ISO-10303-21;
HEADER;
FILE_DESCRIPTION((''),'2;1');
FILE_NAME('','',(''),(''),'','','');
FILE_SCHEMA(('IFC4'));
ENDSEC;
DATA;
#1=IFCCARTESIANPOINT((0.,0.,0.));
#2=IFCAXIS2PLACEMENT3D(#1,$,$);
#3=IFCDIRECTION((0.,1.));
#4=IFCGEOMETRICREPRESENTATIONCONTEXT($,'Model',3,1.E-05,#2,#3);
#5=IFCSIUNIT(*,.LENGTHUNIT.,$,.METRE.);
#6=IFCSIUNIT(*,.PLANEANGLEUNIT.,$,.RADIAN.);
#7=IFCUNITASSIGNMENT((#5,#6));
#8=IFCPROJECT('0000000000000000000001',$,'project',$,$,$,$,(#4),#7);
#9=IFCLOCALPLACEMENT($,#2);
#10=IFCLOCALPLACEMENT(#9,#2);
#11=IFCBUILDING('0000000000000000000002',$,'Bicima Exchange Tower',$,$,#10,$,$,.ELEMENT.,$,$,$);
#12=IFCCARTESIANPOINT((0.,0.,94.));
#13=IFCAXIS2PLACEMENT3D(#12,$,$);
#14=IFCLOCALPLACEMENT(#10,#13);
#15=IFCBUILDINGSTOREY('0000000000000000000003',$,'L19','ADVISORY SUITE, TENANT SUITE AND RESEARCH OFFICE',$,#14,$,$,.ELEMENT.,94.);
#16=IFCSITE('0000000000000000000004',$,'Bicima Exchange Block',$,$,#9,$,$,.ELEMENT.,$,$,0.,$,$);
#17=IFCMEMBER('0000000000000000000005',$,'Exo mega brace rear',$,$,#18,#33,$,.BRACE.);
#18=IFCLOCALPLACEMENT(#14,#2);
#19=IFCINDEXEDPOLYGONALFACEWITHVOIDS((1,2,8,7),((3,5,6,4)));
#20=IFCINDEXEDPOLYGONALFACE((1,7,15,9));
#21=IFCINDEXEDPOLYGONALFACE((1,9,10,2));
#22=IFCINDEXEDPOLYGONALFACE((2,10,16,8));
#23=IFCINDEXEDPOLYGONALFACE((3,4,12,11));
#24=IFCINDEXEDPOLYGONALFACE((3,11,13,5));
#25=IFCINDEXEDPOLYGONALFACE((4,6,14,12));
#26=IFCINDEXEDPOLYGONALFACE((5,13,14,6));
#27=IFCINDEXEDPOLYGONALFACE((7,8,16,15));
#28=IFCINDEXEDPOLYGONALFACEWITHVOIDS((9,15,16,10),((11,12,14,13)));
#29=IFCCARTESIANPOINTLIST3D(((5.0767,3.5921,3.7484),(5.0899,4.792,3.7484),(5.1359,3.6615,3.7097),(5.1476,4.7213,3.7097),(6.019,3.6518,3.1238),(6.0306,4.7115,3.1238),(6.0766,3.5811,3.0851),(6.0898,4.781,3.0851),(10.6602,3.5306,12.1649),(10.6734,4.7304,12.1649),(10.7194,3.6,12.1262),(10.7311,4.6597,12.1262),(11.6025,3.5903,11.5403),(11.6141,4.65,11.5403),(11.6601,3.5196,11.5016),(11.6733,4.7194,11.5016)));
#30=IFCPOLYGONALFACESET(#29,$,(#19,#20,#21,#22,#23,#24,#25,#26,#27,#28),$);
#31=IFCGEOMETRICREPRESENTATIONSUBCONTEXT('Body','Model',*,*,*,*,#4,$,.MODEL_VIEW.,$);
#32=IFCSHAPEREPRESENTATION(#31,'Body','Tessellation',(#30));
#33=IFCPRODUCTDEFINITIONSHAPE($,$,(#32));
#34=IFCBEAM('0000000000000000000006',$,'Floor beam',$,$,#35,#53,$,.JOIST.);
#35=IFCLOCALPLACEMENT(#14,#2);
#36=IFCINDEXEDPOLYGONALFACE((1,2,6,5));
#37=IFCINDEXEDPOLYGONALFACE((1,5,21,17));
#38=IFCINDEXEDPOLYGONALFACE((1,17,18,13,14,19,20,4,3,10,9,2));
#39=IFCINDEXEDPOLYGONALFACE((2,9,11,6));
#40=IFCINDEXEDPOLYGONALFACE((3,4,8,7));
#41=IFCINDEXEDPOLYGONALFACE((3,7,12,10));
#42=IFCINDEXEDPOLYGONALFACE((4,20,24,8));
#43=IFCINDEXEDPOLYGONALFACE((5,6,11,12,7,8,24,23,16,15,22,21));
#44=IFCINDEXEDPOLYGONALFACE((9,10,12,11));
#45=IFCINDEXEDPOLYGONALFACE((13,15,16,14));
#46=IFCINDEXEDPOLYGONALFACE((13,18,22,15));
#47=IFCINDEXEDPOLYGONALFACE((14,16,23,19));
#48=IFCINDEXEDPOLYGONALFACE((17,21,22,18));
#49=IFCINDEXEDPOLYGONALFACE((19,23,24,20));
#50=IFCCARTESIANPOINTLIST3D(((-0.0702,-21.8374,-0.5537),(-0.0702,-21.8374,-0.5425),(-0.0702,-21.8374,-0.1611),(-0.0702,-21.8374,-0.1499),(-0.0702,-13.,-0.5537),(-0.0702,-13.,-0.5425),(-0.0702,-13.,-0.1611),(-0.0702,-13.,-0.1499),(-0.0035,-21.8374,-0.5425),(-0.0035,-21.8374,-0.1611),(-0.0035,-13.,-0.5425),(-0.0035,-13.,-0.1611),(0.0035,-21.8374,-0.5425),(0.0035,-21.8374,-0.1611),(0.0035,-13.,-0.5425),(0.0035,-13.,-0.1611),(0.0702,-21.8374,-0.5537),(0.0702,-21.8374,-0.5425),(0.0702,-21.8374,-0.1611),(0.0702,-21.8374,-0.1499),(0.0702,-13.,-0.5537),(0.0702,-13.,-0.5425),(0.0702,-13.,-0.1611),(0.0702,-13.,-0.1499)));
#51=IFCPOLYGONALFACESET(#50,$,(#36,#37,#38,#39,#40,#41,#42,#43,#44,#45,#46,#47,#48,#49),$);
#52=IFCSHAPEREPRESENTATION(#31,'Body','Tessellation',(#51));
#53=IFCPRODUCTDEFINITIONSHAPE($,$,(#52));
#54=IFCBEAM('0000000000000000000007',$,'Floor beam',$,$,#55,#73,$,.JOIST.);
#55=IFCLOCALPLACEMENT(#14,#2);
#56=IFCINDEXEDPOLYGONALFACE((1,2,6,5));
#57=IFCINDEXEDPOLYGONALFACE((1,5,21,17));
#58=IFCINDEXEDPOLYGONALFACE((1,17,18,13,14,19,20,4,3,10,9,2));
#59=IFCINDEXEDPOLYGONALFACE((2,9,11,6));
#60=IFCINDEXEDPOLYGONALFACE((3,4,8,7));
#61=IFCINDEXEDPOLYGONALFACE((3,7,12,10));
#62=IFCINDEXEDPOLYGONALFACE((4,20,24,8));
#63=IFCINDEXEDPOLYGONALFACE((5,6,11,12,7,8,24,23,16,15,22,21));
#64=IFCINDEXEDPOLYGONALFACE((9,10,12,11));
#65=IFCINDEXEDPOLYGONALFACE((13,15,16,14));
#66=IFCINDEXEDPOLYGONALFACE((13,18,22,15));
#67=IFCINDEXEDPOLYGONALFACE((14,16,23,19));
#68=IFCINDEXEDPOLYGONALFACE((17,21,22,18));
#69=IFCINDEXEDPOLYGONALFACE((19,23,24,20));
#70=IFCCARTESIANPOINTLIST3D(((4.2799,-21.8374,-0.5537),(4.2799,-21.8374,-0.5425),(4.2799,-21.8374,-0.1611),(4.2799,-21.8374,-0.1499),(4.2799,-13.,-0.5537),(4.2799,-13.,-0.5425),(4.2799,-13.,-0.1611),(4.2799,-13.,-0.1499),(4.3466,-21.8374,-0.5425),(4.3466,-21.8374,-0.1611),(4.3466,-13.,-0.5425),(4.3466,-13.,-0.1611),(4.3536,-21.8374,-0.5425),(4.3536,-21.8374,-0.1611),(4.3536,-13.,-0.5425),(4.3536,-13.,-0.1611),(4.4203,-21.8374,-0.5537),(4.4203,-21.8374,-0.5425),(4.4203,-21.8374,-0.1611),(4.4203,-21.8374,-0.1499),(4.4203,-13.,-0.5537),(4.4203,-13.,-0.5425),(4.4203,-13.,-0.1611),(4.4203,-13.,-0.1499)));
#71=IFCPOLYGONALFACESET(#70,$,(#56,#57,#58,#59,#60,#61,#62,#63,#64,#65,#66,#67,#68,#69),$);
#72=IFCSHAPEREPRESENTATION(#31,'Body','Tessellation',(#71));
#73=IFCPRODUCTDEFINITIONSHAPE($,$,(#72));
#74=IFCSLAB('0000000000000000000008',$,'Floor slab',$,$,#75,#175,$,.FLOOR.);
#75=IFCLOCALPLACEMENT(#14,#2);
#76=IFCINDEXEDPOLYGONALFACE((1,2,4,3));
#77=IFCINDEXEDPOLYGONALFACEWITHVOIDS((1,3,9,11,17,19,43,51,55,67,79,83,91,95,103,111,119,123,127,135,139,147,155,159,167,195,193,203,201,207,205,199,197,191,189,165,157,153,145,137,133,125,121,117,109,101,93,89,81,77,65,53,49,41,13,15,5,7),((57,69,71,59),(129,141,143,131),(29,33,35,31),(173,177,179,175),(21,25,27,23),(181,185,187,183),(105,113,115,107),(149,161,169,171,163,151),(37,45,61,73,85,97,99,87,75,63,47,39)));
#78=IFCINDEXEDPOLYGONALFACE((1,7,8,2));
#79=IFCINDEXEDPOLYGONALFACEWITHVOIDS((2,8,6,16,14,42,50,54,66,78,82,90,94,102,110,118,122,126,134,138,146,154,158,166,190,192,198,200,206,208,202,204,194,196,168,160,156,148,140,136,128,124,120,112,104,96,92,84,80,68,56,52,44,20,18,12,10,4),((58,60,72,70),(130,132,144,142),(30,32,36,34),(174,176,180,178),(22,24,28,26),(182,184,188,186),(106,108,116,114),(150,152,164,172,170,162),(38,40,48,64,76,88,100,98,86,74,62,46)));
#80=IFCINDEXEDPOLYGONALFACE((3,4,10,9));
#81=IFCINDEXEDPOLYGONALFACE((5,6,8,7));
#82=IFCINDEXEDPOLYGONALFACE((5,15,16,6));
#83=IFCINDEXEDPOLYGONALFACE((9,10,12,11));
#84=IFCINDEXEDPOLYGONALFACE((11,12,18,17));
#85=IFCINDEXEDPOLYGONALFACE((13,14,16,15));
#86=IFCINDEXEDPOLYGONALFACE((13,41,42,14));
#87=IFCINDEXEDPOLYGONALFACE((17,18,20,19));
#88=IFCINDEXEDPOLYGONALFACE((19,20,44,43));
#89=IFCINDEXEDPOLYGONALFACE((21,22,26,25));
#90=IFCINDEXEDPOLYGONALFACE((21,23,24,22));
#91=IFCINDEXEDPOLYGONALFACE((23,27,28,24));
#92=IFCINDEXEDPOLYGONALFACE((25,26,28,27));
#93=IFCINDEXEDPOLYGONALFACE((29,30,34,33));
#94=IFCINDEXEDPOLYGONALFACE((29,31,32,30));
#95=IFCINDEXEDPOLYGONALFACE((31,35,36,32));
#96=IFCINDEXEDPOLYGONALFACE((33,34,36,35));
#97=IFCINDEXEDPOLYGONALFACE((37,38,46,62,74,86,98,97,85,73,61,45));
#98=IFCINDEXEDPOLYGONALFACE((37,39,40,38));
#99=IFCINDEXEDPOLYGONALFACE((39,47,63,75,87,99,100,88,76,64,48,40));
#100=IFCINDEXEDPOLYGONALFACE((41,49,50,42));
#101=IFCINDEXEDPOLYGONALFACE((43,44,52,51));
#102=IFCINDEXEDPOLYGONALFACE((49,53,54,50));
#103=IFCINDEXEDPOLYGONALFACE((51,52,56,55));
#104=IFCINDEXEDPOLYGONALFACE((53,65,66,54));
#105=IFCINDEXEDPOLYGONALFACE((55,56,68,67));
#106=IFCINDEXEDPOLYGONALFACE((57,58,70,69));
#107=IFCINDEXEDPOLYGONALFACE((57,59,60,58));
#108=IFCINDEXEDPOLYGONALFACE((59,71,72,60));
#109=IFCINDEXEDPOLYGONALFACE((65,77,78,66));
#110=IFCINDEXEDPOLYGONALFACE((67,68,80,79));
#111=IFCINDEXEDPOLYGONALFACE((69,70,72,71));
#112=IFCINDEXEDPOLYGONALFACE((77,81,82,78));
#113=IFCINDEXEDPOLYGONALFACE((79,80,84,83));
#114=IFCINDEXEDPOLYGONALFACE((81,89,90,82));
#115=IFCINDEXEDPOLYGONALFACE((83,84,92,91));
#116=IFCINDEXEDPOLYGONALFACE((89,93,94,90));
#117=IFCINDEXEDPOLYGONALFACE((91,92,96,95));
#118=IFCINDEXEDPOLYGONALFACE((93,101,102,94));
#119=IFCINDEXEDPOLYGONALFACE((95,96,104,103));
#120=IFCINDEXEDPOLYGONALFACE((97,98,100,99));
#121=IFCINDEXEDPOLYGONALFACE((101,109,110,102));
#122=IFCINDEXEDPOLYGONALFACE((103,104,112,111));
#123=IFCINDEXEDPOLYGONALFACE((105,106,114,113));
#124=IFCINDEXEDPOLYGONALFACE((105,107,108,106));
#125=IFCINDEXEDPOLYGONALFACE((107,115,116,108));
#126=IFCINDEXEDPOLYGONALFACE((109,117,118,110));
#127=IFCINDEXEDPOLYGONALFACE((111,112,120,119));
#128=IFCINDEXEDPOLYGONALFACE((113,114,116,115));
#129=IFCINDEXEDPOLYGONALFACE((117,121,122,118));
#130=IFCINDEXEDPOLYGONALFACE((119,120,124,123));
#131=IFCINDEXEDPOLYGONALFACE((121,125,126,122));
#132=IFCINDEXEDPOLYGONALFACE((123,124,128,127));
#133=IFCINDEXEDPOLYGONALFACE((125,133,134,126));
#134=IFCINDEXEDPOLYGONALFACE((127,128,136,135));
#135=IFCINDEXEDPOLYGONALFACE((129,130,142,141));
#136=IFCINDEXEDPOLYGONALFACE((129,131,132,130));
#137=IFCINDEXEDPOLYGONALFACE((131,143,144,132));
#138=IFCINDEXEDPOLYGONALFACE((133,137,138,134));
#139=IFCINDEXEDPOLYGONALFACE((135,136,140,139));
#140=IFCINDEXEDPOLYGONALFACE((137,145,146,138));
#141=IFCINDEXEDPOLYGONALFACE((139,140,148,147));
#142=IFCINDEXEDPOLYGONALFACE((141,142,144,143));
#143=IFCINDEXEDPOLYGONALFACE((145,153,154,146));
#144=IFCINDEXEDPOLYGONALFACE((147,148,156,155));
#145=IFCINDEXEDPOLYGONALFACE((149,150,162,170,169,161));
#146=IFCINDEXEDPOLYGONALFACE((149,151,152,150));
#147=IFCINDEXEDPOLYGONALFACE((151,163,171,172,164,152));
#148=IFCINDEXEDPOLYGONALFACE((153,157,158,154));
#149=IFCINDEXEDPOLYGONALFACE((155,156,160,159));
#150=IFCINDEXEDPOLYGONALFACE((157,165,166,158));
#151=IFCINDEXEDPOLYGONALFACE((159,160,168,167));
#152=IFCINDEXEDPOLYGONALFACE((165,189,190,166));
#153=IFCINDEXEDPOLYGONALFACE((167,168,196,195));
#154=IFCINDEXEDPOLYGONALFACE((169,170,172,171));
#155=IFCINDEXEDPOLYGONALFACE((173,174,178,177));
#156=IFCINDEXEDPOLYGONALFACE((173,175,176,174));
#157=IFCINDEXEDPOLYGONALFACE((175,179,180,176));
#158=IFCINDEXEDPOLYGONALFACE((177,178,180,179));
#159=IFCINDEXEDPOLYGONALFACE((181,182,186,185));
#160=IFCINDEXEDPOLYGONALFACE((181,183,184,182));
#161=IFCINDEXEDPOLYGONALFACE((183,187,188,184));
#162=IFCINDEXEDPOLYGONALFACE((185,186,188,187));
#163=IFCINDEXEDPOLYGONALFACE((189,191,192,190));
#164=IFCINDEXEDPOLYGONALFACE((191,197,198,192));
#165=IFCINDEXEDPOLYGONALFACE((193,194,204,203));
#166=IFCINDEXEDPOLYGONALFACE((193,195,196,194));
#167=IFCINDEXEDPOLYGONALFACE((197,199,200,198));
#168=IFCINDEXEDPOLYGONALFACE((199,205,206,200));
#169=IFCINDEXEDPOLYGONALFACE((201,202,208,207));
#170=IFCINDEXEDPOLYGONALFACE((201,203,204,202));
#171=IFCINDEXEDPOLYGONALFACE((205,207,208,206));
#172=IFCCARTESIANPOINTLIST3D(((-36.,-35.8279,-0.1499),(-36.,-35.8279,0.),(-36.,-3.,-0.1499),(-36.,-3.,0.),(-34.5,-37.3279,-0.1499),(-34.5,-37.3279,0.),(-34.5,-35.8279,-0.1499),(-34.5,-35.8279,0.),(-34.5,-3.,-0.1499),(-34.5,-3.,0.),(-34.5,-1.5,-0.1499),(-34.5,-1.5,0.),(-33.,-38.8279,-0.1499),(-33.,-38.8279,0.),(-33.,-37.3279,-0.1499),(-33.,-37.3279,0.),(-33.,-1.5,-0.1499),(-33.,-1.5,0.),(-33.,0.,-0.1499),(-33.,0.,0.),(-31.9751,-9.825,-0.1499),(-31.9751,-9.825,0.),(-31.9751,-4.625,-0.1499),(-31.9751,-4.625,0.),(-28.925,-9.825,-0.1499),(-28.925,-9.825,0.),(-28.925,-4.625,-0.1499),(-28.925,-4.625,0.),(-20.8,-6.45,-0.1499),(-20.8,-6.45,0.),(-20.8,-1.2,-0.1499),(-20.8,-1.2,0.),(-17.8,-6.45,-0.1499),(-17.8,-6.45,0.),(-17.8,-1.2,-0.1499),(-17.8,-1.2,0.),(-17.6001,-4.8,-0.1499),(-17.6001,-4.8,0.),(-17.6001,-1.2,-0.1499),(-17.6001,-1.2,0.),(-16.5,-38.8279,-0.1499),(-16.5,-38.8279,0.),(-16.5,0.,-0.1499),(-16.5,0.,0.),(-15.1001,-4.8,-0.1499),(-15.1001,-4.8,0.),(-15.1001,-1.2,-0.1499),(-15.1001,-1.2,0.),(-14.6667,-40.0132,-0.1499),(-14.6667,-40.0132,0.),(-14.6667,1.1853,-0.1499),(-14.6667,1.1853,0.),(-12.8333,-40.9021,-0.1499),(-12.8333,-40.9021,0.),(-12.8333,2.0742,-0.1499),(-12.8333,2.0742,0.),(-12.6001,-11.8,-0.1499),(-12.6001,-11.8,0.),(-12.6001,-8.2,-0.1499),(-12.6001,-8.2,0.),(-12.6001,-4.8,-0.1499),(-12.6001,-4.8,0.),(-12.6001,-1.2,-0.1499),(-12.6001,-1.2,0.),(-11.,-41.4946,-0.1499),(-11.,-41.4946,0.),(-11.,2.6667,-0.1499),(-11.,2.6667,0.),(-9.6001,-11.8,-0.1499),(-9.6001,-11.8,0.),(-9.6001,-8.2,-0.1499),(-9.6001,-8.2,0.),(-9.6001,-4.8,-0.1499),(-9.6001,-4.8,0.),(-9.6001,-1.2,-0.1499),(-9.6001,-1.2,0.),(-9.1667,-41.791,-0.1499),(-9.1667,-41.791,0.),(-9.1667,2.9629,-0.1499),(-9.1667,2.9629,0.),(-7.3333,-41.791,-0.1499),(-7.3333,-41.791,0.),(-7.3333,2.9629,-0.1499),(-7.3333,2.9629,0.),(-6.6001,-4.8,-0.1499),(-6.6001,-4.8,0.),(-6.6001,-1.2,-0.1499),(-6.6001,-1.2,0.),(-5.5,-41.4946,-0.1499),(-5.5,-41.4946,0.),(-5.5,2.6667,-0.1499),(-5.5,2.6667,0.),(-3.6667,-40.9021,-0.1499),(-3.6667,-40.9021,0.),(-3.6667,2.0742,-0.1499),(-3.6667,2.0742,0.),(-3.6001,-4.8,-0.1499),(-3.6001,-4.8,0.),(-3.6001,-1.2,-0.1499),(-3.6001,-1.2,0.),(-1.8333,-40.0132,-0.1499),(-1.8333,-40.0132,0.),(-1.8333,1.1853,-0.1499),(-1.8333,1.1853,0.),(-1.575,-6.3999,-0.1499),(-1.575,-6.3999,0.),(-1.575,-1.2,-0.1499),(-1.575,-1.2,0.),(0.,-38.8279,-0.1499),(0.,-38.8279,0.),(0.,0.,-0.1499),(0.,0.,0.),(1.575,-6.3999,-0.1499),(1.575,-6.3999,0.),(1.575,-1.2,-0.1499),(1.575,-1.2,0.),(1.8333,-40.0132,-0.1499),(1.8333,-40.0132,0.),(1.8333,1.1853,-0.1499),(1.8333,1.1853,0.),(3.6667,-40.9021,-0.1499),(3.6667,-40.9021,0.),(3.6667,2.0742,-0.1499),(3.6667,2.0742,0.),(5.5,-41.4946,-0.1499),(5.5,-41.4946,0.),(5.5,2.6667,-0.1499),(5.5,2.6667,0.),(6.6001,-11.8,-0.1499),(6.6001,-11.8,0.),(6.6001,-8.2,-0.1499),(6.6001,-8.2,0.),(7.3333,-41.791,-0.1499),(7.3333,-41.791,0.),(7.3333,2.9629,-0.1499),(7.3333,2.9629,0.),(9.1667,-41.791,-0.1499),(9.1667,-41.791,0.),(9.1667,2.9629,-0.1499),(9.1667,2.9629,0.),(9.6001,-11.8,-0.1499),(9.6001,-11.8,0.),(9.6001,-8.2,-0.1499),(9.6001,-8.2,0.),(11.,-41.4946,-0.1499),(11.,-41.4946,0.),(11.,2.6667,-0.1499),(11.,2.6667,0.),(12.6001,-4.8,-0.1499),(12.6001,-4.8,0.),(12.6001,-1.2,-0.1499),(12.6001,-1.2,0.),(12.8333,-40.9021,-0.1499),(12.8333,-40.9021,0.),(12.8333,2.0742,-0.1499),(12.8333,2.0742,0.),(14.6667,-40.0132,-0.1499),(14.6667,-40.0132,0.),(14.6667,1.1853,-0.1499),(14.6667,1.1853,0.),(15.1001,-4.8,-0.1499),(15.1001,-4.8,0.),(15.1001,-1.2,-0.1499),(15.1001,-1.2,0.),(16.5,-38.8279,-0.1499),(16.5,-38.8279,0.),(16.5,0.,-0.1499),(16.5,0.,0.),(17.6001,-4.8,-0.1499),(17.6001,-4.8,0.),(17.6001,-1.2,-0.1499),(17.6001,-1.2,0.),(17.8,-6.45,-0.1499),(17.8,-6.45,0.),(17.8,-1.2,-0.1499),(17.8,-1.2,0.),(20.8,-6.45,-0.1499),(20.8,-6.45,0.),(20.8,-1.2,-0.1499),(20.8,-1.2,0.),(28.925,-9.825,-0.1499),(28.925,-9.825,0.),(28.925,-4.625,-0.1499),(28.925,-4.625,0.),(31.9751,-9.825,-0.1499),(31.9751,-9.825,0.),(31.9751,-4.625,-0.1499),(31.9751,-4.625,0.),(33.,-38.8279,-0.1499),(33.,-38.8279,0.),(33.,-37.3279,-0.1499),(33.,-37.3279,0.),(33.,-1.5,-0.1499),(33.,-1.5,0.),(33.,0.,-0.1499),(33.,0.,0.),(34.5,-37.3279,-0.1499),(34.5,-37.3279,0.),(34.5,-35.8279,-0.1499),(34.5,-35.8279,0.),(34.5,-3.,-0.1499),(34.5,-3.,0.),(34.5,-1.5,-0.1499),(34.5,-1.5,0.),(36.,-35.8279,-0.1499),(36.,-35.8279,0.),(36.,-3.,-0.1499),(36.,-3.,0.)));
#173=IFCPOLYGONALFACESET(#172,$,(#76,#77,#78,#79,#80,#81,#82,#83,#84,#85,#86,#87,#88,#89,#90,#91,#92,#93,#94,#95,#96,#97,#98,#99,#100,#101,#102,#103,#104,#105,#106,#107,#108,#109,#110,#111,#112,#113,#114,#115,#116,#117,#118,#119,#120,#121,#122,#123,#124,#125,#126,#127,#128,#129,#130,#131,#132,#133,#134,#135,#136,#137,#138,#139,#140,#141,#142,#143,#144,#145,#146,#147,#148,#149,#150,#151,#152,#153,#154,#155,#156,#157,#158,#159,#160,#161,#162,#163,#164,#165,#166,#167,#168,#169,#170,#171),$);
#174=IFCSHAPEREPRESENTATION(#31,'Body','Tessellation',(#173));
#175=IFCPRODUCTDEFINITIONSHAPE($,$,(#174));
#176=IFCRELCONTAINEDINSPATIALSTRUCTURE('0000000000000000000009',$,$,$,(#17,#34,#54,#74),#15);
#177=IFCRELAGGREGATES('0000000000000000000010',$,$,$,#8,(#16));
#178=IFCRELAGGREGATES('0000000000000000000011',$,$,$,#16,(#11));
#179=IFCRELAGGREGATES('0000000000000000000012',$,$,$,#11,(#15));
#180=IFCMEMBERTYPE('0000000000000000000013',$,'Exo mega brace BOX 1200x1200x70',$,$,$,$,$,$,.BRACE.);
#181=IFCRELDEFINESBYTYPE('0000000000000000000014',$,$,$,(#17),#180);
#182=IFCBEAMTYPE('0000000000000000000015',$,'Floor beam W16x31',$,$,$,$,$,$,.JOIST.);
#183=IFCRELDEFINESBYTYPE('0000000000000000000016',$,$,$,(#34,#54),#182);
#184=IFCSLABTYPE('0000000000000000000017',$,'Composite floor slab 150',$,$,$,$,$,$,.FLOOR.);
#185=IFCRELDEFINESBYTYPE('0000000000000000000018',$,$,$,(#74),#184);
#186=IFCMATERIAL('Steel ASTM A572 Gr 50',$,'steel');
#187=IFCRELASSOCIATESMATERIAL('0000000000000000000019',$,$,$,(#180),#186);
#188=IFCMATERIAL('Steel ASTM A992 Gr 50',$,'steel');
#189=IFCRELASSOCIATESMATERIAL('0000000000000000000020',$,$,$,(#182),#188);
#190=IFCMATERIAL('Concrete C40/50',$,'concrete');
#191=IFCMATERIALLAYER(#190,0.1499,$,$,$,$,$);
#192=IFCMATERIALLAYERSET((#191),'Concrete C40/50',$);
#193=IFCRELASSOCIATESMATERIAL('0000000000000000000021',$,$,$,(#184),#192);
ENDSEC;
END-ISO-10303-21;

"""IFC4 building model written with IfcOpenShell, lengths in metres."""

from ifc_helpers import new_model, si_unit, direction, frame, origin, origin_2d, place, context, subcontext, project, spatial, polyline, hollow_rectangle, i_section, outline, extrude, material, layer, layer_set, material_profile, profile_set, type_object, element, save


model = new_model("IFC4")

# Units and contexts
model_context = context("Model", 3, precision=1e-05, world=origin(), true_north=direction((0.0, 1.0)))
body_context = subcontext(model_context, "Body", "Model", "MODEL_VIEW")
ifc_project = project(units=[si_unit("LENGTHUNIT", "METRE"), si_unit("PLANEANGLEUNIT", "RADIAN")], contexts=[model_context])

# Site, building, storey
site_placement = place(None, origin())
site = spatial("IfcSite", under=ifc_project, at=site_placement, Name="Bicima Exchange Block", CompositionType="ELEMENT", RefElevation=0.0)
building_placement = place(site_placement, origin())
building = spatial("IfcBuilding", under=site, at=building_placement, Name="Bicima Exchange Tower", CompositionType="ELEMENT")
storey_placement = place(building_placement, frame((0.0, 0.0, 94.0)))
storey = spatial("IfcBuildingStorey", under=building, at=storey_placement, Name="L19", Description="ADVISORY SUITE, TENANT SUITE AND RESEARCH OFFICE", CompositionType="ELEMENT", Elevation=94.0)

# Member
ifc_material_1 = material(Name="Steel ASTM A572 Gr 50", Category="steel")
ifc_material_profile_1 = material_profile(ifc_material_1, hollow_rectangle(XDim=1.2, YDim=1.2, WallThickness=0.0701, at=origin_2d()))
ifc_profile_set_1 = profile_set([ifc_material_profile_1], Name="Steel ASTM A572 Gr 50")
member_type = type_object("IfcMemberType", Name="Exo mega brace BOX 1200x1200x70", PredefinedType="BRACE", material=ifc_profile_set_1)
member_placement = place(storey_placement, frame((5.5833, 4.1865, 3.4167), z_axis=(0.552803, -0.006091, 0.83329), x_axis=(0.011018, 0.999939, 0.0)))
element("IfcMember", 1, at=member_placement, inside=storey, type_object=member_type, Name="Exo mega brace rear", PredefinedType="BRACE", context=body_context, shape_type="SweptSolid", body=[
    extrude(hollow_rectangle(XDim=1.2, YDim=1.2, WallThickness=0.0701, at=origin_2d()), origin(), (0.0, 0.0, 1.0), 10.1003),
])

# Beams
ifc_material_2 = material(Name="Steel ASTM A992 Gr 50", Category="steel")
ifc_material_profile_2 = material_profile(ifc_material_2, i_section(OverallWidth=0.1404, OverallDepth=0.4038, WebThickness=0.0071, FlangeThickness=0.0112, at=origin_2d()))
ifc_profile_set_2 = profile_set([ifc_material_profile_2], Name="Steel ASTM A992 Gr 50")
beam_type = type_object("IfcBeamType", Name="Floor beam W16x31", PredefinedType="JOIST", material=ifc_profile_set_2)
for number, where, z_axis, x_axis, name in (
    (2, (0.0, -13.0, -0.3518), (0.0, -1.0, 0.0), (1.0, 0.0, 0.0), "Floor beam"),
    (3, (4.3501, -13.0, -0.3518), (0.0, -1.0, 0.0), (1.0, 0.0, 0.0), "Floor beam"),
):
    element("IfcBeam", number, at=place(storey_placement, frame(where, z_axis=z_axis, x_axis=x_axis)), inside=storey, type_object=beam_type, Name=name, PredefinedType="JOIST", context=body_context, shape_type="SweptSolid", body=[
        extrude(i_section(OverallWidth=0.1404, OverallDepth=0.4038, WebThickness=0.0071, FlangeThickness=0.0112, at=origin_2d()), origin(), (0.0, 0.0, 1.0), 8.8374),
    ])

# Slab
ifc_material_3 = material(Name="Concrete C40/50", Category="concrete")
ifc_layer_1 = layer(ifc_material_3, 0.1499)
ifc_layer_set_1 = layer_set([ifc_layer_1], Name="Concrete C40/50")
slab_type_1 = type_object("IfcSlabType", Name="Composite floor slab 150", PredefinedType="FLOOR", material=ifc_layer_set_1)
slab_1_placement = place(storey_placement, frame((0.0, 0.0, -0.1499)))
element("IfcSlab", 4, at=slab_1_placement, inside=storey, type_object=slab_type_1, Name="Floor slab", PredefinedType="FLOOR", context=body_context, shape_type="SweptSolid", body=[
    extrude(outline(polyline([(-36.0, -35.8279), (-36.0, -3.0), (-34.5, -3.0), (-34.5, -1.5), (-33.0, -1.5), (-33.0, 0.0), (-16.5, 0.0), (-14.6667, 1.1853), (-12.8333, 2.0742), (-11.0, 2.6667), (-9.1667, 2.9629), (-7.3333, 2.9629), (-5.5, 2.6667), (-3.6667, 2.0742), (-1.8333, 1.1853), (0.0, 0.0), (1.8333, 1.1853), (3.6667, 2.0742), (5.5, 2.6667), (7.3333, 2.9629), (9.1667, 2.9629), (11.0, 2.6667), (12.8333, 2.0742), (14.6667, 1.1853), (16.5, 0.0), (33.0, 0.0), (33.0, -1.5), (34.5, -1.5), (34.5, -3.0), (36.0, -3.0), (36.0, -35.8279), (34.5, -35.8279), (34.5, -37.3279), (33.0, -37.3279), (33.0, -38.8279), (16.5, -38.8279), (14.6667, -40.0132), (12.8333, -40.9021), (11.0, -41.4946), (9.1667, -41.791), (7.3333, -41.791), (5.5, -41.4946), (3.6667, -40.9021), (1.8333, -40.0132), (0.0, -38.8279), (-1.8333, -40.0132), (-3.6667, -40.9021), (-5.5, -41.4946), (-7.3333, -41.791), (-9.1667, -41.791), (-11.0, -41.4946), (-12.8333, -40.9021), (-14.6667, -40.0132), (-16.5, -38.8279), (-33.0, -38.8279), (-33.0, -37.3279), (-34.5, -37.3279), (-34.5, -35.8279), (-36.0, -35.8279)]), holes=[polyline([(-9.6001, -11.8), (-9.6001, -8.2), (-12.6001, -8.2), (-12.6001, -11.8), (-9.6001, -11.8)]), polyline([(-31.9751, -9.825), (-28.925, -9.825), (-28.925, -4.625), (-31.9751, -4.625), (-31.9751, -9.825)]), polyline([(-20.8, -6.45), (-17.8, -6.45), (-17.8, -1.2), (-20.8, -1.2), (-20.8, -6.45)]), polyline([(-9.6001, -1.2), (-12.6001, -1.2), (-15.1001, -1.2), (-17.6001, -1.2), (-17.6001, -4.8), (-15.1001, -4.8), (-12.6001, -4.8), (-9.6001, -4.8), (-6.6001, -4.8), (-3.6001, -4.8), (-3.6001, -1.2), (-6.6001, -1.2), (-9.6001, -1.2)]), polyline([(9.6001, -11.8), (9.6001, -8.2), (6.6001, -8.2), (6.6001, -11.8), (9.6001, -11.8)]), polyline([(28.925, -9.825), (31.9751, -9.825), (31.9751, -4.625), (28.925, -4.625), (28.925, -9.825)]), polyline([(17.8, -6.45), (20.8, -6.45), (20.8, -1.2), (17.8, -1.2), (17.8, -6.45)]), polyline([(-1.575, -6.3999), (1.575, -6.3999), (1.575, -1.2), (-1.575, -1.2), (-1.575, -6.3999)]), polyline([(17.6001, -4.8), (17.6001, -1.2), (15.1001, -1.2), (12.6001, -1.2), (12.6001, -4.8), (15.1001, -4.8), (17.6001, -4.8)])]), origin(), (0.0, 0.0, 1.0), 0.1499),
])

save(model, "model.ifc")
